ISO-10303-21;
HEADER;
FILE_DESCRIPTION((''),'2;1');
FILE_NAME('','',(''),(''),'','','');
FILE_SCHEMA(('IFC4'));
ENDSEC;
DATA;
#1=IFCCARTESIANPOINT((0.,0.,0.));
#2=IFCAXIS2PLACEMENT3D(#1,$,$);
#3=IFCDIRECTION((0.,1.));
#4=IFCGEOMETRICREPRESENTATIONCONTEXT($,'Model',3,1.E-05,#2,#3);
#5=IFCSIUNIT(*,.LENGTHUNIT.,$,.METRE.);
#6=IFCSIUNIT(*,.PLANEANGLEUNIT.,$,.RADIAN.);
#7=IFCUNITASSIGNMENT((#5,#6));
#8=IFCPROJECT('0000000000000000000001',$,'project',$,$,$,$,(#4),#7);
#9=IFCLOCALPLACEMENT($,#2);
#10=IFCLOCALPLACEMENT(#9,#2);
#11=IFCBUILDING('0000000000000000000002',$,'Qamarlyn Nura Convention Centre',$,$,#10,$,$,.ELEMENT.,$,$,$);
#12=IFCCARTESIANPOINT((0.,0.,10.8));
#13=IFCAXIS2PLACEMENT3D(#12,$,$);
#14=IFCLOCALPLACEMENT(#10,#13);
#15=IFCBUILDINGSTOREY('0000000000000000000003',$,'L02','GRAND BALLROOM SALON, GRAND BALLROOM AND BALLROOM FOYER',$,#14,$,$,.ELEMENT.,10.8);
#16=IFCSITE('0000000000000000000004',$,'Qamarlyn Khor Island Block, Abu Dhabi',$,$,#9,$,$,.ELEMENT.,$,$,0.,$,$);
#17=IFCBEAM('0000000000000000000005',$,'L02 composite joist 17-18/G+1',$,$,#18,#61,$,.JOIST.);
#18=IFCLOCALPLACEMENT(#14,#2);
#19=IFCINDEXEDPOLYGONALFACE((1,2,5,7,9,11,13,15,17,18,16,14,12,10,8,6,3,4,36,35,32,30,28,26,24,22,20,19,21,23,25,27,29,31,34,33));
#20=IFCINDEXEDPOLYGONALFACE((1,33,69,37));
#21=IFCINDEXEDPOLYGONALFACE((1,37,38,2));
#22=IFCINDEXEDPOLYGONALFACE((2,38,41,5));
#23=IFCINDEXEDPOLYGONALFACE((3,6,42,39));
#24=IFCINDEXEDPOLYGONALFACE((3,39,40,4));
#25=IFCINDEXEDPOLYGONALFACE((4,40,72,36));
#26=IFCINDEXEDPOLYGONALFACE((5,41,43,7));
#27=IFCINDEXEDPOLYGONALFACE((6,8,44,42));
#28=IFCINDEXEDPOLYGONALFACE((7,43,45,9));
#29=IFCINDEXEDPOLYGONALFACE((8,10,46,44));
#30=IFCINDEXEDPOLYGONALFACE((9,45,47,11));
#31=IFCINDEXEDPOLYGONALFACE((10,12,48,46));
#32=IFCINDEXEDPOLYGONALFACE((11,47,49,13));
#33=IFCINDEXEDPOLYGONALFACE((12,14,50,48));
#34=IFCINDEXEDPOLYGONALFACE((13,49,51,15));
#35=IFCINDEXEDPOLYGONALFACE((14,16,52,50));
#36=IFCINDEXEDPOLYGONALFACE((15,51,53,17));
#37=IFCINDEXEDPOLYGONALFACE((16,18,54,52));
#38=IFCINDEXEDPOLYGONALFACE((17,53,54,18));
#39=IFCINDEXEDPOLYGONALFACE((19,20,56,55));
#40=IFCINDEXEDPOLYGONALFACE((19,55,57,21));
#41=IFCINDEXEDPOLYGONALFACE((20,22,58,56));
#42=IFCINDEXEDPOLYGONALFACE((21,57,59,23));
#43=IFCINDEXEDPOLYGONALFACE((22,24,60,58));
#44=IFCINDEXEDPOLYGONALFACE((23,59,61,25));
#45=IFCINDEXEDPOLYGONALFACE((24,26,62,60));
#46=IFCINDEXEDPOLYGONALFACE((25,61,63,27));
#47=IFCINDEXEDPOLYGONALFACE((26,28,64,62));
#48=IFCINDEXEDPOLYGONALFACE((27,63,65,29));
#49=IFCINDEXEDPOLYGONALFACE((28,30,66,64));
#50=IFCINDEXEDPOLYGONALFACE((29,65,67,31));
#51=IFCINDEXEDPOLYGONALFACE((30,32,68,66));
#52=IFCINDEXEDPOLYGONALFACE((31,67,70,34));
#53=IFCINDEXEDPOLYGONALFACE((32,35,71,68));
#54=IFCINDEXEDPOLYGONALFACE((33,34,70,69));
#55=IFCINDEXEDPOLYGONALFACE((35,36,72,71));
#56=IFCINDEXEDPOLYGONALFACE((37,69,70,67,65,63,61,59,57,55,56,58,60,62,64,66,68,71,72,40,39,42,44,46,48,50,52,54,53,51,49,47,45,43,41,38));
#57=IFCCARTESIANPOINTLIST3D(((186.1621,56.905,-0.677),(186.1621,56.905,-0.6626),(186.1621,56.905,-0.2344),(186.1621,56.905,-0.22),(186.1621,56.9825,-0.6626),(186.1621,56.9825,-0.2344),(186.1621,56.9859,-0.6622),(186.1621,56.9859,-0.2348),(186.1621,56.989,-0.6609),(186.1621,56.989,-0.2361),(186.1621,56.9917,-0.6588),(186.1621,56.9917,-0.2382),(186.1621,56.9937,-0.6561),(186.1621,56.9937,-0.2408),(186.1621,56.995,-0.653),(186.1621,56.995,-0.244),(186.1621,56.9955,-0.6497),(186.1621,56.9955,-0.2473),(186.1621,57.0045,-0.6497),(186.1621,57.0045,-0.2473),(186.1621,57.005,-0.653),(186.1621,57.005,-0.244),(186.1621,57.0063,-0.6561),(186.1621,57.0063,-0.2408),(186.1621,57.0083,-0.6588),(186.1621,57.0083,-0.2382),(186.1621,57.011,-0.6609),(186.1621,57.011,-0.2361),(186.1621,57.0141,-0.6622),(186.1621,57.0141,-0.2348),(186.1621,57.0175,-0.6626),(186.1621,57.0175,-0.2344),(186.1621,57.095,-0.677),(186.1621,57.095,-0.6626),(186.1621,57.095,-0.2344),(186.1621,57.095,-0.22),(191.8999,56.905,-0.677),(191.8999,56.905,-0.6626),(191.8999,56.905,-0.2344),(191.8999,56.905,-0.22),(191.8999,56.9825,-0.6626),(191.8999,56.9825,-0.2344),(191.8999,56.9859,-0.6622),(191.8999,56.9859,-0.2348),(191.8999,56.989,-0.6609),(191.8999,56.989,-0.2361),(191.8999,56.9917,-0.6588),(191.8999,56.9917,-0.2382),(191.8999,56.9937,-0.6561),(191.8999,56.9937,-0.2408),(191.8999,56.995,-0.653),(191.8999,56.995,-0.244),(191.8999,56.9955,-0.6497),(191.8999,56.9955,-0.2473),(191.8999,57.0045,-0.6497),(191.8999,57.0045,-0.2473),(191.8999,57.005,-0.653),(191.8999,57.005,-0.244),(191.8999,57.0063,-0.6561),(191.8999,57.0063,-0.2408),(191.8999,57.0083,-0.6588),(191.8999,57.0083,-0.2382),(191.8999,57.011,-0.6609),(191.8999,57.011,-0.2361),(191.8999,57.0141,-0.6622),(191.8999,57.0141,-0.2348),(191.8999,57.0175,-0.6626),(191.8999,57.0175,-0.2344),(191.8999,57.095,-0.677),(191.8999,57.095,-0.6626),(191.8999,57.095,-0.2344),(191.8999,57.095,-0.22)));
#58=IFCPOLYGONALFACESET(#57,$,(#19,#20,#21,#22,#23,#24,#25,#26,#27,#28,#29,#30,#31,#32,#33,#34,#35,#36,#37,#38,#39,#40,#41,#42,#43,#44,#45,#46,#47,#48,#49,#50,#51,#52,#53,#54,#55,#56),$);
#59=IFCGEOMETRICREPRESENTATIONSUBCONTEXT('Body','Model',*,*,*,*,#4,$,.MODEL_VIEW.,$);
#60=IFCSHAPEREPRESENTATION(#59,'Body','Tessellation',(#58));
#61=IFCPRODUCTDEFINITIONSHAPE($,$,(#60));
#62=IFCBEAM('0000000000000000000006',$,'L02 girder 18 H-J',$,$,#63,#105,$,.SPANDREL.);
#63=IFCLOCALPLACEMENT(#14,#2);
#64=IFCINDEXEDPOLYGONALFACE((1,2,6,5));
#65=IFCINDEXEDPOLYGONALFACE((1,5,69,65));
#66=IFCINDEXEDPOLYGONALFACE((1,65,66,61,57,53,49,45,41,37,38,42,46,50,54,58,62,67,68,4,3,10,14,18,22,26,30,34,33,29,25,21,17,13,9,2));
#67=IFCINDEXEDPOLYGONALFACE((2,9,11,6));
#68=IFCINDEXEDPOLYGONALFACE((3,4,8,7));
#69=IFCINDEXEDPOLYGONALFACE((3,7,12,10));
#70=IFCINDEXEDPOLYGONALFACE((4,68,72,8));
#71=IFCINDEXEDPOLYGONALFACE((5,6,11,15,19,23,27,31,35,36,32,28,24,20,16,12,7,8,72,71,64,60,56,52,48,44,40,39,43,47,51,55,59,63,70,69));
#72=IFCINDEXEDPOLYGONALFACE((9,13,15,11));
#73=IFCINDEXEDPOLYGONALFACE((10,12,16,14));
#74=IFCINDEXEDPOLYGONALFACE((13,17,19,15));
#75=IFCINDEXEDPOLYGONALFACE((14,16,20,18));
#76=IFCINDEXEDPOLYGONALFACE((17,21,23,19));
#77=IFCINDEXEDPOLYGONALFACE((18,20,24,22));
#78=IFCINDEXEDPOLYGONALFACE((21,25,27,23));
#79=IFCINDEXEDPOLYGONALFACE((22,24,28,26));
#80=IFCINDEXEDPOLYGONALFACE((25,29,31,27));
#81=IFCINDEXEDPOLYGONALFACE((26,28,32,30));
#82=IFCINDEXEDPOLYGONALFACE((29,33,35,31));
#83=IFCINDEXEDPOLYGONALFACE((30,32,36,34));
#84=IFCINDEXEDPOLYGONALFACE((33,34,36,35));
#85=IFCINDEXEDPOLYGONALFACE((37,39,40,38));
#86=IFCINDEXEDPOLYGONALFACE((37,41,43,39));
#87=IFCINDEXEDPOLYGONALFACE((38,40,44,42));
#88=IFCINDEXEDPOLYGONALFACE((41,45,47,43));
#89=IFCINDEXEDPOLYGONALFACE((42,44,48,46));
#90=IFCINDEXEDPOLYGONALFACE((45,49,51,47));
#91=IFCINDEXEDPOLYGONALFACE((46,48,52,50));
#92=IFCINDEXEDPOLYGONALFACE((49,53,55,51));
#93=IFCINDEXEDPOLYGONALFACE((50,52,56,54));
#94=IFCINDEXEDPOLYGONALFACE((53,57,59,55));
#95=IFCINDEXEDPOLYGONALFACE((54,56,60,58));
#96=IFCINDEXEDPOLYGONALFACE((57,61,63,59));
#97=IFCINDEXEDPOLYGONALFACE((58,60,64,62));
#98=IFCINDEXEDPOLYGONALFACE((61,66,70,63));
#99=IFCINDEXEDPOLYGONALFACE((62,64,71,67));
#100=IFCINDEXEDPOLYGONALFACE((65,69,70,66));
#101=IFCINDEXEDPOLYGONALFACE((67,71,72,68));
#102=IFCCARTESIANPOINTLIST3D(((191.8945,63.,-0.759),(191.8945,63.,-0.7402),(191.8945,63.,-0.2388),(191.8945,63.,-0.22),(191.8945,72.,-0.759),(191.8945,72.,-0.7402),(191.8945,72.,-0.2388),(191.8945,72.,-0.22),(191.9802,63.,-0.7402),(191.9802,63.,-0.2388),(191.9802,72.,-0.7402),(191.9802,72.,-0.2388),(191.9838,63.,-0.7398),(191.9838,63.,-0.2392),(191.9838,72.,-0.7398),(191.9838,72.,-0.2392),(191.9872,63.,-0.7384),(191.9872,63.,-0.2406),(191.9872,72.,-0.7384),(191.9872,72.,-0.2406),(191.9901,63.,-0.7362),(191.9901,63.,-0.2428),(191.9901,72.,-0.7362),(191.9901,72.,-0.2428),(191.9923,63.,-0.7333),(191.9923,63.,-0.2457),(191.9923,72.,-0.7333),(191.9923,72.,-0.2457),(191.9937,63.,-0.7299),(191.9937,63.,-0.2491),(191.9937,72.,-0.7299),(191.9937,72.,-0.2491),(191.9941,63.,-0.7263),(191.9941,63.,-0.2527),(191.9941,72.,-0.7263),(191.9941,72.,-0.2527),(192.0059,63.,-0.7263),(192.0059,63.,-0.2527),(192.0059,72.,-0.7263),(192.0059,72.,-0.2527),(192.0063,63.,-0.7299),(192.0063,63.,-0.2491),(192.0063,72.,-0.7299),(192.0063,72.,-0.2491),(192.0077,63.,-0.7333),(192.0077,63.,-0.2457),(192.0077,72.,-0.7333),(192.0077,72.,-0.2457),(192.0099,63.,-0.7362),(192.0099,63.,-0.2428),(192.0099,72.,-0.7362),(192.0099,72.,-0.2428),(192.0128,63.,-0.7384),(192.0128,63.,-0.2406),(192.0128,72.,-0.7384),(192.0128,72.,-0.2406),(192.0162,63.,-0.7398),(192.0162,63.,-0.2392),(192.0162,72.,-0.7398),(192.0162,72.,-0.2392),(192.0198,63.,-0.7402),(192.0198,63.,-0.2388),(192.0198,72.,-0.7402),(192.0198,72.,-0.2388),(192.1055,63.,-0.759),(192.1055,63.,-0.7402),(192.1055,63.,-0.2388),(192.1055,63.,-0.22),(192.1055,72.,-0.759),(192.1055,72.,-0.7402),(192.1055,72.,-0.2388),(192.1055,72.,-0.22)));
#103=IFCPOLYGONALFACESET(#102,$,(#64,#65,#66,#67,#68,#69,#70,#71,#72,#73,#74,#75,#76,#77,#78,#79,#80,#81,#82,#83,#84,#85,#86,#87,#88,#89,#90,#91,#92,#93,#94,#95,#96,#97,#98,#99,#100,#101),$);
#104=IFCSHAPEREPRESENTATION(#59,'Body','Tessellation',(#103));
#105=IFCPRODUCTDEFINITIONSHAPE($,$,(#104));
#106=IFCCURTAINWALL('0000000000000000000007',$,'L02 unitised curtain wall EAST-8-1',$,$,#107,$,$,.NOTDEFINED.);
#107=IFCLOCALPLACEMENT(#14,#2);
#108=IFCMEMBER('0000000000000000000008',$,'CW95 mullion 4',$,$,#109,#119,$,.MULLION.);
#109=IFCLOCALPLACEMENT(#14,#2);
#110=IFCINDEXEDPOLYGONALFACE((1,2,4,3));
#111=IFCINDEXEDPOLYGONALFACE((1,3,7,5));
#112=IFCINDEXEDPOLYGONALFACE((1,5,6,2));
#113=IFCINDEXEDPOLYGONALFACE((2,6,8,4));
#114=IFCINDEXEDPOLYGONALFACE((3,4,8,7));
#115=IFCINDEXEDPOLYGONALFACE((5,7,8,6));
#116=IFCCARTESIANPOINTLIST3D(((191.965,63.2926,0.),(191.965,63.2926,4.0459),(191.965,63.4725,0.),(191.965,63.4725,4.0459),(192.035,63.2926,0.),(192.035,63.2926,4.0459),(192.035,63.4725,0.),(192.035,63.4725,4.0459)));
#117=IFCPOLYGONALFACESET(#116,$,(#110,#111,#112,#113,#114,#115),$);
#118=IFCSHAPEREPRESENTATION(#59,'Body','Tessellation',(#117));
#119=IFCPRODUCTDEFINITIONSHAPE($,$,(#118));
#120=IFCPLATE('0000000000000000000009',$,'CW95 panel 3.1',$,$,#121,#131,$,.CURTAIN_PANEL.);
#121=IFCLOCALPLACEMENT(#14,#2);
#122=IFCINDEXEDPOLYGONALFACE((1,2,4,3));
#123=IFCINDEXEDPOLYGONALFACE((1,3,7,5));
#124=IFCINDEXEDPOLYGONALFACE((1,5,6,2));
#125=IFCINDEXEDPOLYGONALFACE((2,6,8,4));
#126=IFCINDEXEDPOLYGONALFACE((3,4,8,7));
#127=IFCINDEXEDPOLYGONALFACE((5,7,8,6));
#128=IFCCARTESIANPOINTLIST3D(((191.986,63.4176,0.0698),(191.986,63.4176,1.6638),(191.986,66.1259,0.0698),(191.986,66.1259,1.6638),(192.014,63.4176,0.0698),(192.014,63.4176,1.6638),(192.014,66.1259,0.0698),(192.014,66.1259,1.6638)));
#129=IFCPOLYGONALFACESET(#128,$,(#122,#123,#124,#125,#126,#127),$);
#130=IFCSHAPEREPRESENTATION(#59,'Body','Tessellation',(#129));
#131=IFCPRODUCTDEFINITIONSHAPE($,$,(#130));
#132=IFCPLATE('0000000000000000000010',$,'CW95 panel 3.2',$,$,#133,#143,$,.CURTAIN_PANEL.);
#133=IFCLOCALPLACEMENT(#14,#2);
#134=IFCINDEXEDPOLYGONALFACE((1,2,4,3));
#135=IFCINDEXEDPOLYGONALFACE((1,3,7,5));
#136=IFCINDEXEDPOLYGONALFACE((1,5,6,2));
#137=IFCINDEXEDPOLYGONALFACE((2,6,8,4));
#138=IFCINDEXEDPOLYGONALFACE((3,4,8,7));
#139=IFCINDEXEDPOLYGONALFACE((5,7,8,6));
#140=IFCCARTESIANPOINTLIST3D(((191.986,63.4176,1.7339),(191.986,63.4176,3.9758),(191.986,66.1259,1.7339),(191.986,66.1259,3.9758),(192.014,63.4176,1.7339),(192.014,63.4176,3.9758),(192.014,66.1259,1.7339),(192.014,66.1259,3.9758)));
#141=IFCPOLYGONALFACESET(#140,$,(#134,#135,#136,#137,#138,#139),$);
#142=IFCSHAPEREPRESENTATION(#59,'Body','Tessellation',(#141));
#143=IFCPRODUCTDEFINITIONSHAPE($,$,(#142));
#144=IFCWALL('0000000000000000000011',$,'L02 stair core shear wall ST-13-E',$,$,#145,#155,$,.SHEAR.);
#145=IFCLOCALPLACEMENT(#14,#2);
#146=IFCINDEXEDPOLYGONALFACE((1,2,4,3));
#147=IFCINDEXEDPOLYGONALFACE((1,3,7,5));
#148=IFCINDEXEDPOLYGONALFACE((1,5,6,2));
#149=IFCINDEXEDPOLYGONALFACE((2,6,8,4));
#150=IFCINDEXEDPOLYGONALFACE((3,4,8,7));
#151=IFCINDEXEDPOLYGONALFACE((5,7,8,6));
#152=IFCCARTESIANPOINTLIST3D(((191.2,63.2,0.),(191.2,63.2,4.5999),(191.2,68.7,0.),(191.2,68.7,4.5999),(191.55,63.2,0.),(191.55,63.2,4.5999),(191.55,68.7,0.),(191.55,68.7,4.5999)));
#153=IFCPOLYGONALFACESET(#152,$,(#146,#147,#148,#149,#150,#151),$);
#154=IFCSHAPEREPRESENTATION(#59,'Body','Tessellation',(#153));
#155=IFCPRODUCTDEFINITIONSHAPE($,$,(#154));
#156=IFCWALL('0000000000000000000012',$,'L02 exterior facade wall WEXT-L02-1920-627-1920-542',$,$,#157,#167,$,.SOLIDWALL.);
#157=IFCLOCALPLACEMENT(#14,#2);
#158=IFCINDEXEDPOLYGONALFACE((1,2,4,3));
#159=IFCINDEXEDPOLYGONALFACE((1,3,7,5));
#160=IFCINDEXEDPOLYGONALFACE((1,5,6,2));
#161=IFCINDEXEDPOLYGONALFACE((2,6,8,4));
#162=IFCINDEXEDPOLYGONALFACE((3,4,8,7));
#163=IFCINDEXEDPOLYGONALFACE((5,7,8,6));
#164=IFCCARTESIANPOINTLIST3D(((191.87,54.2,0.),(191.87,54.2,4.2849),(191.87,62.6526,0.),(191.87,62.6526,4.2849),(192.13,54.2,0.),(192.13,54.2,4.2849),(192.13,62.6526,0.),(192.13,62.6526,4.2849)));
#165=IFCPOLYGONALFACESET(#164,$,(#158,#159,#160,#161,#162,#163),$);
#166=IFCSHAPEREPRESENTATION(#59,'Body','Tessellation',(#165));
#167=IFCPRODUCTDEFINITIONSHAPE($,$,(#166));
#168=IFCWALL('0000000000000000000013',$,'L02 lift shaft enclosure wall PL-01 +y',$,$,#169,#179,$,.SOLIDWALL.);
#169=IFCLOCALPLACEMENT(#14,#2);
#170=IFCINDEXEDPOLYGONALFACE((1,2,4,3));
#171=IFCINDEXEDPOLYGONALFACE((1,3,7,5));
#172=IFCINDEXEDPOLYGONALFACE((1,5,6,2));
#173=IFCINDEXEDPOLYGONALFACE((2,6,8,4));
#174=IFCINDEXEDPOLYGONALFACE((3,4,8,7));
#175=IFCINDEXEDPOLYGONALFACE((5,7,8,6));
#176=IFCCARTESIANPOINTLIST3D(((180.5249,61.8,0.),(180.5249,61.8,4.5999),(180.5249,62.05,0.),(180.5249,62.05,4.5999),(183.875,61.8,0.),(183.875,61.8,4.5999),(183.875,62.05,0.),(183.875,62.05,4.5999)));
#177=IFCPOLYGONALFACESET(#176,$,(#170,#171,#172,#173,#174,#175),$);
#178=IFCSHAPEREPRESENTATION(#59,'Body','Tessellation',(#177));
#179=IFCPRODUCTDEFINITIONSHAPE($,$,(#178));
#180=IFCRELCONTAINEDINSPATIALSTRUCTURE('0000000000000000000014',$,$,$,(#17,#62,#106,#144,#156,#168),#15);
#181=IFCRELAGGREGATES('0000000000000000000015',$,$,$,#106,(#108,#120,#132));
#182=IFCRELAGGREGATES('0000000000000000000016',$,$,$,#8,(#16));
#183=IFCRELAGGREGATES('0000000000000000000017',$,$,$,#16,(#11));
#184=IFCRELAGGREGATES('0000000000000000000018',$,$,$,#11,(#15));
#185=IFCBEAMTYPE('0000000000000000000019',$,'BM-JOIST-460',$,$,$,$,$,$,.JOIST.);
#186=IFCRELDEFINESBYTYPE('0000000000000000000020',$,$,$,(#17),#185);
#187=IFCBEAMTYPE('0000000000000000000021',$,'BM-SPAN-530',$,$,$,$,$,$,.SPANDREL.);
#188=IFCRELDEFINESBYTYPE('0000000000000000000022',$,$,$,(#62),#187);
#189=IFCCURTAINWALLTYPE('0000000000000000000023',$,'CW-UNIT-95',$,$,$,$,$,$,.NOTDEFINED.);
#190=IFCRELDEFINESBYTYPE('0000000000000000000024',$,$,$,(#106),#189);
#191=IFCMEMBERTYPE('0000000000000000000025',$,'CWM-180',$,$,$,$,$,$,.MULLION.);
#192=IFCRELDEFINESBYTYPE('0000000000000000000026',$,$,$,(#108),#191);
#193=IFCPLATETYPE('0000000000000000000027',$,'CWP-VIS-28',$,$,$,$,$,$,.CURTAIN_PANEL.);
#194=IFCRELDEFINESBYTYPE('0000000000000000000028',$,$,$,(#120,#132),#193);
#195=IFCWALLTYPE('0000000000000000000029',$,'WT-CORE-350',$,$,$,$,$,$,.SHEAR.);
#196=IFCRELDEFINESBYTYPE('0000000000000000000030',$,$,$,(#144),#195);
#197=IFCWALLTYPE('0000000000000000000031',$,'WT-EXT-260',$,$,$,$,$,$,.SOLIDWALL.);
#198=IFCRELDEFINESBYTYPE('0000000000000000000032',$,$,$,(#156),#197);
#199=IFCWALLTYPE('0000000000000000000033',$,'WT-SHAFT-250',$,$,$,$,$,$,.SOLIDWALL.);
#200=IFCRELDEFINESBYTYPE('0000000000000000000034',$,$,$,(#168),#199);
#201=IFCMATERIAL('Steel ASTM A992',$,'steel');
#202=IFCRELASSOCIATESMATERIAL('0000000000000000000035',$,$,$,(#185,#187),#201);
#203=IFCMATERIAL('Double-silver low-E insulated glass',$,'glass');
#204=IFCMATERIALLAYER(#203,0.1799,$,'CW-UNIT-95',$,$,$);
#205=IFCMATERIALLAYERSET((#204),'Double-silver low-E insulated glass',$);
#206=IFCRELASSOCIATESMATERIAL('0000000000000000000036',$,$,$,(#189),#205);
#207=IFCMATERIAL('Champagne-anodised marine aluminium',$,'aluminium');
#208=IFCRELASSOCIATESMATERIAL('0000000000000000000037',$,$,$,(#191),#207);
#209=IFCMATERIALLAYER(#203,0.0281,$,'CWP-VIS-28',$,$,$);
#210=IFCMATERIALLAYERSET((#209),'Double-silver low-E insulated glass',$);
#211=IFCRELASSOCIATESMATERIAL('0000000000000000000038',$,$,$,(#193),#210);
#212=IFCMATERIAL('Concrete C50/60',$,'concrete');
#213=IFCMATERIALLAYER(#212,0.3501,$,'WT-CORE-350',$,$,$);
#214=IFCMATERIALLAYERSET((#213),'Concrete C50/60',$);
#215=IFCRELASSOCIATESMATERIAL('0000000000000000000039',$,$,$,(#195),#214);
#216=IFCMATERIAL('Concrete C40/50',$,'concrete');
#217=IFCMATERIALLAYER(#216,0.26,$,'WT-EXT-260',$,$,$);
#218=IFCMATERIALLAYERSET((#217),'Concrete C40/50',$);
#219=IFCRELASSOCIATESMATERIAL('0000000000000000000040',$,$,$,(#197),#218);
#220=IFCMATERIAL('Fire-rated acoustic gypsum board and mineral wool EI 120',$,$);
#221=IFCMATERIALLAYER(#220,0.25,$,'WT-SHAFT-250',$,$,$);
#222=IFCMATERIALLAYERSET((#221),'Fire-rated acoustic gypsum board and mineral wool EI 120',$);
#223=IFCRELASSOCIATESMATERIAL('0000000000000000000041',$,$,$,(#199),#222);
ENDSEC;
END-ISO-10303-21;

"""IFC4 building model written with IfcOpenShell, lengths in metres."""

from ifc_helpers import new_model, si_unit, direction, frame, frame_2d, origin, origin_2d, place, context, subcontext, project, spatial, rectangle, i_section, extrude, material, layer, layer_set, material_profile, profile_set, type_object, element, aggregate, save


model = new_model("IFC4")

# Units and contexts
model_context = context("Model", 3, precision=1e-05, world=origin(), true_north=direction((0.0, 1.0)))
body_context = subcontext(model_context, "Body", "Model", "MODEL_VIEW")
ifc_project = project(units=[si_unit("LENGTHUNIT", "METRE"), si_unit("PLANEANGLEUNIT", "RADIAN")], contexts=[model_context])

# Site, building, storey
site_placement = place(None, origin())
site = spatial("IfcSite", under=ifc_project, at=site_placement, Name="Qamarlyn Khor Island Block, Abu Dhabi", CompositionType="ELEMENT", RefElevation=0.0)
building_placement = place(site_placement, origin())
building = spatial("IfcBuilding", under=site, at=building_placement, Name="Qamarlyn Nura Convention Centre", CompositionType="ELEMENT")
storey_placement = place(building_placement, frame((0.0, 0.0, 10.8)))
storey = spatial("IfcBuildingStorey", under=building, at=storey_placement, Name="L02", Description="GRAND BALLROOM SALON, GRAND BALLROOM AND BALLROOM FOYER", CompositionType="ELEMENT", Elevation=10.8)

# Shared definitions
ifc_material_1 = material(Name="Steel ASTM A992", Category="steel")

# Beams
ifc_material_profile_1 = material_profile(ifc_material_1, i_section(OverallWidth=0.1899, OverallDepth=0.457, WebThickness=0.009, FlangeThickness=0.0144, FilletRadius=0.0129, at=origin_2d()), Name="W460X74")
ifc_profile_set_1 = profile_set([ifc_material_profile_1], Name="Steel ASTM A992")
beam_type_1 = type_object("IfcBeamType", Name="BM-JOIST-460", PredefinedType="JOIST", material=ifc_profile_set_1)
beam_1_placement = place(storey_placement, frame((186.1621, 57.0, -0.4485), z_axis=(1.0, 0.0, 0.0), x_axis=(0.0, 1.0, 0.0)))
element("IfcBeam", 1, at=beam_1_placement, inside=storey, type_object=beam_type_1, Name="L02 composite joist 17-18/G+1", PredefinedType="JOIST", context=body_context, shape_type="SweptSolid", body=[
    extrude(i_section(OverallWidth=0.1899, OverallDepth=0.457, WebThickness=0.009, FlangeThickness=0.0144, FilletRadius=0.0129, at=origin_2d()), origin(), (0.0, 0.0, 1.0), 5.7378),
])
ifc_material_profile_2 = material_profile(ifc_material_1, i_section(OverallWidth=0.2109, OverallDepth=0.5391, WebThickness=0.0117, FlangeThickness=0.0188, FilletRadius=0.0139, at=origin_2d()), Name="W530X109")
ifc_profile_set_2 = profile_set([ifc_material_profile_2], Name="Steel ASTM A992")
beam_type_2 = type_object("IfcBeamType", Name="BM-SPAN-530", PredefinedType="SPANDREL", material=ifc_profile_set_2)
beam_2_placement = place(storey_placement, frame((192.0, 63.0, -0.4895), z_axis=(0.0, 1.0, 0.0), x_axis=(-1.0, 0.0, 0.0)))
element("IfcBeam", 2, at=beam_2_placement, inside=storey, type_object=beam_type_2, Name="L02 girder 18 H-J", PredefinedType="SPANDREL", context=body_context, shape_type="SweptSolid", body=[
    extrude(i_section(OverallWidth=0.2109, OverallDepth=0.5391, WebThickness=0.0117, FlangeThickness=0.0188, FilletRadius=0.0139, at=origin_2d()), origin(), (0.0, 0.0, 1.0), 9.0),
])

# Curtain wall, member, plates
ifc_material_2 = material(Name="Double-silver low-E insulated glass", Category="glass")
ifc_layer_1 = layer(ifc_material_2, 0.1799, Name="CW-UNIT-95")
ifc_layer_set_1 = layer_set([ifc_layer_1], Name="Double-silver low-E insulated glass")
curtain_wall_type = type_object("IfcCurtainWallType", Name="CW-UNIT-95", PredefinedType="NOTDEFINED", material=ifc_layer_set_1)
curtain_wall_placement = place(storey_placement, origin())
curtain_wall = element("IfcCurtainWall", 3, at=curtain_wall_placement, inside=storey, type_object=curtain_wall_type, Name="L02 unitised curtain wall EAST-8-1", PredefinedType="NOTDEFINED")
ifc_material_3 = material(Name="Champagne-anodised marine aluminium", Category="aluminium")
ifc_material_profile_3 = material_profile(ifc_material_3, rectangle(XDim=0.0701, YDim=0.1799, at=origin_2d()), Name="ALU MULLION 70x180")
ifc_profile_set_3 = profile_set([ifc_material_profile_3], Name="Champagne-anodised marine aluminium")
member_type = type_object("IfcMemberType", Name="CWM-180", PredefinedType="MULLION", material=ifc_profile_set_3)
member_placement = place(storey_placement, frame((192.0, 63.3826, 0.0), z_axis=(0.0, 0.0, 1.0), x_axis=(1.0, 0.0, 0.0)))
member = element("IfcMember", 4, at=member_placement, type_object=member_type, Name="CW95 mullion 4", PredefinedType="MULLION", context=body_context, shape_type="SweptSolid", body=[
    extrude(rectangle(XDim=0.0701, YDim=0.1799, at=origin_2d()), origin(), (0.0, 0.0, 1.0), 4.0459),
])
ifc_layer_2 = layer(ifc_material_2, 0.0281, Name="CWP-VIS-28")
ifc_layer_set_2 = layer_set([ifc_layer_2], Name="Double-silver low-E insulated glass")
plate_type = type_object("IfcPlateType", Name="CWP-VIS-28", PredefinedType="CURTAIN_PANEL", material=ifc_layer_set_2)
plate_1_placement = place(storey_placement, frame((192.0, 64.7717, 0.0698), z_axis=(0.0, 0.0, 1.0), x_axis=(0.0, -1.0, 0.0)))
plate_1 = element("IfcPlate", 5, at=plate_1_placement, type_object=plate_type, Name="CW95 panel 3.1", PredefinedType="CURTAIN_PANEL", context=body_context, shape_type="SweptSolid", body=[
    extrude(rectangle(XDim=2.7083, YDim=0.0281, at=origin_2d()), origin(), (0.0, 0.0, 1.0), 1.594),
])
plate_2_placement = place(storey_placement, frame((192.0, 64.7717, 1.7339), z_axis=(0.0, 0.0, 1.0), x_axis=(0.0, -1.0, 0.0)))
plate_2 = element("IfcPlate", 6, at=plate_2_placement, type_object=plate_type, Name="CW95 panel 3.2", PredefinedType="CURTAIN_PANEL", context=body_context, shape_type="SweptSolid", body=[
    extrude(rectangle(XDim=2.7083, YDim=0.0281, at=origin_2d()), origin(), (0.0, 0.0, 1.0), 2.2419),
])
aggregate(curtain_wall, [member, plate_1, plate_2])

# Walls
ifc_material_4 = material(Name="Concrete C50/60", Category="concrete")
ifc_layer_3 = layer(ifc_material_4, 0.3501, Name="WT-CORE-350")
ifc_layer_set_3 = layer_set([ifc_layer_3], Name="Concrete C50/60")
wall_type_1 = type_object("IfcWallType", Name="WT-CORE-350", PredefinedType="SHEAR", material=ifc_layer_set_3)
wall_1_placement = place(storey_placement, frame((191.375, 63.2, 0.0), z_axis=(0.0, 0.0, 1.0), x_axis=(0.0, 1.0, 0.0)))
element("IfcWall", 7, at=wall_1_placement, inside=storey, type_object=wall_type_1, Name="L02 stair core shear wall ST-13-E", PredefinedType="SHEAR", context=body_context, shape_type="SweptSolid", body=[
    extrude(rectangle(XDim=5.5, YDim=0.3501, at=frame_2d((2.75, 0.0))), origin(), (0.0, 0.0, 1.0), 4.5999),
])
ifc_material_5 = material(Name="Concrete C40/50", Category="concrete")
ifc_layer_4 = layer(ifc_material_5, 0.26, Name="WT-EXT-260")
ifc_layer_set_4 = layer_set([ifc_layer_4], Name="Concrete C40/50")
wall_type_2 = type_object("IfcWallType", Name="WT-EXT-260", PredefinedType="SOLIDWALL", material=ifc_layer_set_4)
wall_2_placement = place(storey_placement, frame((192.0, 62.6526, 0.0), z_axis=(0.0, 0.0, 1.0), x_axis=(0.0, -1.0, 0.0)))
element("IfcWall", 8, at=wall_2_placement, inside=storey, type_object=wall_type_2, Name="L02 exterior facade wall WEXT-L02-1920-627-1920-542", PredefinedType="SOLIDWALL", context=body_context, shape_type="SweptSolid", body=[
    extrude(rectangle(XDim=8.4526, YDim=0.26, at=frame_2d((4.2263, 0.0))), origin(), (0.0, 0.0, 1.0), 4.2849),
])
ifc_material_6 = material(Name="Fire-rated acoustic gypsum board and mineral wool EI 120")
ifc_layer_5 = layer(ifc_material_6, 0.25, Name="WT-SHAFT-250")
ifc_layer_set_5 = layer_set([ifc_layer_5], Name="Fire-rated acoustic gypsum board and mineral wool EI 120")
wall_type_3 = type_object("IfcWallType", Name="WT-SHAFT-250", PredefinedType="SOLIDWALL", material=ifc_layer_set_5)
wall_3_placement = place(storey_placement, frame((183.875, 61.925, 0.0), z_axis=(0.0, 0.0, 1.0), x_axis=(-1.0, 0.0, 0.0)))
element("IfcWall", 9, at=wall_3_placement, inside=storey, type_object=wall_type_3, Name="L02 lift shaft enclosure wall PL-01 +y", PredefinedType="SOLIDWALL", context=body_context, shape_type="SweptSolid", body=[
    extrude(rectangle(XDim=3.3501, YDim=0.25, at=frame_2d((1.675, 0.0))), origin(), (0.0, 0.0, 1.0), 4.5999),
])

save(model, "model.ifc")
